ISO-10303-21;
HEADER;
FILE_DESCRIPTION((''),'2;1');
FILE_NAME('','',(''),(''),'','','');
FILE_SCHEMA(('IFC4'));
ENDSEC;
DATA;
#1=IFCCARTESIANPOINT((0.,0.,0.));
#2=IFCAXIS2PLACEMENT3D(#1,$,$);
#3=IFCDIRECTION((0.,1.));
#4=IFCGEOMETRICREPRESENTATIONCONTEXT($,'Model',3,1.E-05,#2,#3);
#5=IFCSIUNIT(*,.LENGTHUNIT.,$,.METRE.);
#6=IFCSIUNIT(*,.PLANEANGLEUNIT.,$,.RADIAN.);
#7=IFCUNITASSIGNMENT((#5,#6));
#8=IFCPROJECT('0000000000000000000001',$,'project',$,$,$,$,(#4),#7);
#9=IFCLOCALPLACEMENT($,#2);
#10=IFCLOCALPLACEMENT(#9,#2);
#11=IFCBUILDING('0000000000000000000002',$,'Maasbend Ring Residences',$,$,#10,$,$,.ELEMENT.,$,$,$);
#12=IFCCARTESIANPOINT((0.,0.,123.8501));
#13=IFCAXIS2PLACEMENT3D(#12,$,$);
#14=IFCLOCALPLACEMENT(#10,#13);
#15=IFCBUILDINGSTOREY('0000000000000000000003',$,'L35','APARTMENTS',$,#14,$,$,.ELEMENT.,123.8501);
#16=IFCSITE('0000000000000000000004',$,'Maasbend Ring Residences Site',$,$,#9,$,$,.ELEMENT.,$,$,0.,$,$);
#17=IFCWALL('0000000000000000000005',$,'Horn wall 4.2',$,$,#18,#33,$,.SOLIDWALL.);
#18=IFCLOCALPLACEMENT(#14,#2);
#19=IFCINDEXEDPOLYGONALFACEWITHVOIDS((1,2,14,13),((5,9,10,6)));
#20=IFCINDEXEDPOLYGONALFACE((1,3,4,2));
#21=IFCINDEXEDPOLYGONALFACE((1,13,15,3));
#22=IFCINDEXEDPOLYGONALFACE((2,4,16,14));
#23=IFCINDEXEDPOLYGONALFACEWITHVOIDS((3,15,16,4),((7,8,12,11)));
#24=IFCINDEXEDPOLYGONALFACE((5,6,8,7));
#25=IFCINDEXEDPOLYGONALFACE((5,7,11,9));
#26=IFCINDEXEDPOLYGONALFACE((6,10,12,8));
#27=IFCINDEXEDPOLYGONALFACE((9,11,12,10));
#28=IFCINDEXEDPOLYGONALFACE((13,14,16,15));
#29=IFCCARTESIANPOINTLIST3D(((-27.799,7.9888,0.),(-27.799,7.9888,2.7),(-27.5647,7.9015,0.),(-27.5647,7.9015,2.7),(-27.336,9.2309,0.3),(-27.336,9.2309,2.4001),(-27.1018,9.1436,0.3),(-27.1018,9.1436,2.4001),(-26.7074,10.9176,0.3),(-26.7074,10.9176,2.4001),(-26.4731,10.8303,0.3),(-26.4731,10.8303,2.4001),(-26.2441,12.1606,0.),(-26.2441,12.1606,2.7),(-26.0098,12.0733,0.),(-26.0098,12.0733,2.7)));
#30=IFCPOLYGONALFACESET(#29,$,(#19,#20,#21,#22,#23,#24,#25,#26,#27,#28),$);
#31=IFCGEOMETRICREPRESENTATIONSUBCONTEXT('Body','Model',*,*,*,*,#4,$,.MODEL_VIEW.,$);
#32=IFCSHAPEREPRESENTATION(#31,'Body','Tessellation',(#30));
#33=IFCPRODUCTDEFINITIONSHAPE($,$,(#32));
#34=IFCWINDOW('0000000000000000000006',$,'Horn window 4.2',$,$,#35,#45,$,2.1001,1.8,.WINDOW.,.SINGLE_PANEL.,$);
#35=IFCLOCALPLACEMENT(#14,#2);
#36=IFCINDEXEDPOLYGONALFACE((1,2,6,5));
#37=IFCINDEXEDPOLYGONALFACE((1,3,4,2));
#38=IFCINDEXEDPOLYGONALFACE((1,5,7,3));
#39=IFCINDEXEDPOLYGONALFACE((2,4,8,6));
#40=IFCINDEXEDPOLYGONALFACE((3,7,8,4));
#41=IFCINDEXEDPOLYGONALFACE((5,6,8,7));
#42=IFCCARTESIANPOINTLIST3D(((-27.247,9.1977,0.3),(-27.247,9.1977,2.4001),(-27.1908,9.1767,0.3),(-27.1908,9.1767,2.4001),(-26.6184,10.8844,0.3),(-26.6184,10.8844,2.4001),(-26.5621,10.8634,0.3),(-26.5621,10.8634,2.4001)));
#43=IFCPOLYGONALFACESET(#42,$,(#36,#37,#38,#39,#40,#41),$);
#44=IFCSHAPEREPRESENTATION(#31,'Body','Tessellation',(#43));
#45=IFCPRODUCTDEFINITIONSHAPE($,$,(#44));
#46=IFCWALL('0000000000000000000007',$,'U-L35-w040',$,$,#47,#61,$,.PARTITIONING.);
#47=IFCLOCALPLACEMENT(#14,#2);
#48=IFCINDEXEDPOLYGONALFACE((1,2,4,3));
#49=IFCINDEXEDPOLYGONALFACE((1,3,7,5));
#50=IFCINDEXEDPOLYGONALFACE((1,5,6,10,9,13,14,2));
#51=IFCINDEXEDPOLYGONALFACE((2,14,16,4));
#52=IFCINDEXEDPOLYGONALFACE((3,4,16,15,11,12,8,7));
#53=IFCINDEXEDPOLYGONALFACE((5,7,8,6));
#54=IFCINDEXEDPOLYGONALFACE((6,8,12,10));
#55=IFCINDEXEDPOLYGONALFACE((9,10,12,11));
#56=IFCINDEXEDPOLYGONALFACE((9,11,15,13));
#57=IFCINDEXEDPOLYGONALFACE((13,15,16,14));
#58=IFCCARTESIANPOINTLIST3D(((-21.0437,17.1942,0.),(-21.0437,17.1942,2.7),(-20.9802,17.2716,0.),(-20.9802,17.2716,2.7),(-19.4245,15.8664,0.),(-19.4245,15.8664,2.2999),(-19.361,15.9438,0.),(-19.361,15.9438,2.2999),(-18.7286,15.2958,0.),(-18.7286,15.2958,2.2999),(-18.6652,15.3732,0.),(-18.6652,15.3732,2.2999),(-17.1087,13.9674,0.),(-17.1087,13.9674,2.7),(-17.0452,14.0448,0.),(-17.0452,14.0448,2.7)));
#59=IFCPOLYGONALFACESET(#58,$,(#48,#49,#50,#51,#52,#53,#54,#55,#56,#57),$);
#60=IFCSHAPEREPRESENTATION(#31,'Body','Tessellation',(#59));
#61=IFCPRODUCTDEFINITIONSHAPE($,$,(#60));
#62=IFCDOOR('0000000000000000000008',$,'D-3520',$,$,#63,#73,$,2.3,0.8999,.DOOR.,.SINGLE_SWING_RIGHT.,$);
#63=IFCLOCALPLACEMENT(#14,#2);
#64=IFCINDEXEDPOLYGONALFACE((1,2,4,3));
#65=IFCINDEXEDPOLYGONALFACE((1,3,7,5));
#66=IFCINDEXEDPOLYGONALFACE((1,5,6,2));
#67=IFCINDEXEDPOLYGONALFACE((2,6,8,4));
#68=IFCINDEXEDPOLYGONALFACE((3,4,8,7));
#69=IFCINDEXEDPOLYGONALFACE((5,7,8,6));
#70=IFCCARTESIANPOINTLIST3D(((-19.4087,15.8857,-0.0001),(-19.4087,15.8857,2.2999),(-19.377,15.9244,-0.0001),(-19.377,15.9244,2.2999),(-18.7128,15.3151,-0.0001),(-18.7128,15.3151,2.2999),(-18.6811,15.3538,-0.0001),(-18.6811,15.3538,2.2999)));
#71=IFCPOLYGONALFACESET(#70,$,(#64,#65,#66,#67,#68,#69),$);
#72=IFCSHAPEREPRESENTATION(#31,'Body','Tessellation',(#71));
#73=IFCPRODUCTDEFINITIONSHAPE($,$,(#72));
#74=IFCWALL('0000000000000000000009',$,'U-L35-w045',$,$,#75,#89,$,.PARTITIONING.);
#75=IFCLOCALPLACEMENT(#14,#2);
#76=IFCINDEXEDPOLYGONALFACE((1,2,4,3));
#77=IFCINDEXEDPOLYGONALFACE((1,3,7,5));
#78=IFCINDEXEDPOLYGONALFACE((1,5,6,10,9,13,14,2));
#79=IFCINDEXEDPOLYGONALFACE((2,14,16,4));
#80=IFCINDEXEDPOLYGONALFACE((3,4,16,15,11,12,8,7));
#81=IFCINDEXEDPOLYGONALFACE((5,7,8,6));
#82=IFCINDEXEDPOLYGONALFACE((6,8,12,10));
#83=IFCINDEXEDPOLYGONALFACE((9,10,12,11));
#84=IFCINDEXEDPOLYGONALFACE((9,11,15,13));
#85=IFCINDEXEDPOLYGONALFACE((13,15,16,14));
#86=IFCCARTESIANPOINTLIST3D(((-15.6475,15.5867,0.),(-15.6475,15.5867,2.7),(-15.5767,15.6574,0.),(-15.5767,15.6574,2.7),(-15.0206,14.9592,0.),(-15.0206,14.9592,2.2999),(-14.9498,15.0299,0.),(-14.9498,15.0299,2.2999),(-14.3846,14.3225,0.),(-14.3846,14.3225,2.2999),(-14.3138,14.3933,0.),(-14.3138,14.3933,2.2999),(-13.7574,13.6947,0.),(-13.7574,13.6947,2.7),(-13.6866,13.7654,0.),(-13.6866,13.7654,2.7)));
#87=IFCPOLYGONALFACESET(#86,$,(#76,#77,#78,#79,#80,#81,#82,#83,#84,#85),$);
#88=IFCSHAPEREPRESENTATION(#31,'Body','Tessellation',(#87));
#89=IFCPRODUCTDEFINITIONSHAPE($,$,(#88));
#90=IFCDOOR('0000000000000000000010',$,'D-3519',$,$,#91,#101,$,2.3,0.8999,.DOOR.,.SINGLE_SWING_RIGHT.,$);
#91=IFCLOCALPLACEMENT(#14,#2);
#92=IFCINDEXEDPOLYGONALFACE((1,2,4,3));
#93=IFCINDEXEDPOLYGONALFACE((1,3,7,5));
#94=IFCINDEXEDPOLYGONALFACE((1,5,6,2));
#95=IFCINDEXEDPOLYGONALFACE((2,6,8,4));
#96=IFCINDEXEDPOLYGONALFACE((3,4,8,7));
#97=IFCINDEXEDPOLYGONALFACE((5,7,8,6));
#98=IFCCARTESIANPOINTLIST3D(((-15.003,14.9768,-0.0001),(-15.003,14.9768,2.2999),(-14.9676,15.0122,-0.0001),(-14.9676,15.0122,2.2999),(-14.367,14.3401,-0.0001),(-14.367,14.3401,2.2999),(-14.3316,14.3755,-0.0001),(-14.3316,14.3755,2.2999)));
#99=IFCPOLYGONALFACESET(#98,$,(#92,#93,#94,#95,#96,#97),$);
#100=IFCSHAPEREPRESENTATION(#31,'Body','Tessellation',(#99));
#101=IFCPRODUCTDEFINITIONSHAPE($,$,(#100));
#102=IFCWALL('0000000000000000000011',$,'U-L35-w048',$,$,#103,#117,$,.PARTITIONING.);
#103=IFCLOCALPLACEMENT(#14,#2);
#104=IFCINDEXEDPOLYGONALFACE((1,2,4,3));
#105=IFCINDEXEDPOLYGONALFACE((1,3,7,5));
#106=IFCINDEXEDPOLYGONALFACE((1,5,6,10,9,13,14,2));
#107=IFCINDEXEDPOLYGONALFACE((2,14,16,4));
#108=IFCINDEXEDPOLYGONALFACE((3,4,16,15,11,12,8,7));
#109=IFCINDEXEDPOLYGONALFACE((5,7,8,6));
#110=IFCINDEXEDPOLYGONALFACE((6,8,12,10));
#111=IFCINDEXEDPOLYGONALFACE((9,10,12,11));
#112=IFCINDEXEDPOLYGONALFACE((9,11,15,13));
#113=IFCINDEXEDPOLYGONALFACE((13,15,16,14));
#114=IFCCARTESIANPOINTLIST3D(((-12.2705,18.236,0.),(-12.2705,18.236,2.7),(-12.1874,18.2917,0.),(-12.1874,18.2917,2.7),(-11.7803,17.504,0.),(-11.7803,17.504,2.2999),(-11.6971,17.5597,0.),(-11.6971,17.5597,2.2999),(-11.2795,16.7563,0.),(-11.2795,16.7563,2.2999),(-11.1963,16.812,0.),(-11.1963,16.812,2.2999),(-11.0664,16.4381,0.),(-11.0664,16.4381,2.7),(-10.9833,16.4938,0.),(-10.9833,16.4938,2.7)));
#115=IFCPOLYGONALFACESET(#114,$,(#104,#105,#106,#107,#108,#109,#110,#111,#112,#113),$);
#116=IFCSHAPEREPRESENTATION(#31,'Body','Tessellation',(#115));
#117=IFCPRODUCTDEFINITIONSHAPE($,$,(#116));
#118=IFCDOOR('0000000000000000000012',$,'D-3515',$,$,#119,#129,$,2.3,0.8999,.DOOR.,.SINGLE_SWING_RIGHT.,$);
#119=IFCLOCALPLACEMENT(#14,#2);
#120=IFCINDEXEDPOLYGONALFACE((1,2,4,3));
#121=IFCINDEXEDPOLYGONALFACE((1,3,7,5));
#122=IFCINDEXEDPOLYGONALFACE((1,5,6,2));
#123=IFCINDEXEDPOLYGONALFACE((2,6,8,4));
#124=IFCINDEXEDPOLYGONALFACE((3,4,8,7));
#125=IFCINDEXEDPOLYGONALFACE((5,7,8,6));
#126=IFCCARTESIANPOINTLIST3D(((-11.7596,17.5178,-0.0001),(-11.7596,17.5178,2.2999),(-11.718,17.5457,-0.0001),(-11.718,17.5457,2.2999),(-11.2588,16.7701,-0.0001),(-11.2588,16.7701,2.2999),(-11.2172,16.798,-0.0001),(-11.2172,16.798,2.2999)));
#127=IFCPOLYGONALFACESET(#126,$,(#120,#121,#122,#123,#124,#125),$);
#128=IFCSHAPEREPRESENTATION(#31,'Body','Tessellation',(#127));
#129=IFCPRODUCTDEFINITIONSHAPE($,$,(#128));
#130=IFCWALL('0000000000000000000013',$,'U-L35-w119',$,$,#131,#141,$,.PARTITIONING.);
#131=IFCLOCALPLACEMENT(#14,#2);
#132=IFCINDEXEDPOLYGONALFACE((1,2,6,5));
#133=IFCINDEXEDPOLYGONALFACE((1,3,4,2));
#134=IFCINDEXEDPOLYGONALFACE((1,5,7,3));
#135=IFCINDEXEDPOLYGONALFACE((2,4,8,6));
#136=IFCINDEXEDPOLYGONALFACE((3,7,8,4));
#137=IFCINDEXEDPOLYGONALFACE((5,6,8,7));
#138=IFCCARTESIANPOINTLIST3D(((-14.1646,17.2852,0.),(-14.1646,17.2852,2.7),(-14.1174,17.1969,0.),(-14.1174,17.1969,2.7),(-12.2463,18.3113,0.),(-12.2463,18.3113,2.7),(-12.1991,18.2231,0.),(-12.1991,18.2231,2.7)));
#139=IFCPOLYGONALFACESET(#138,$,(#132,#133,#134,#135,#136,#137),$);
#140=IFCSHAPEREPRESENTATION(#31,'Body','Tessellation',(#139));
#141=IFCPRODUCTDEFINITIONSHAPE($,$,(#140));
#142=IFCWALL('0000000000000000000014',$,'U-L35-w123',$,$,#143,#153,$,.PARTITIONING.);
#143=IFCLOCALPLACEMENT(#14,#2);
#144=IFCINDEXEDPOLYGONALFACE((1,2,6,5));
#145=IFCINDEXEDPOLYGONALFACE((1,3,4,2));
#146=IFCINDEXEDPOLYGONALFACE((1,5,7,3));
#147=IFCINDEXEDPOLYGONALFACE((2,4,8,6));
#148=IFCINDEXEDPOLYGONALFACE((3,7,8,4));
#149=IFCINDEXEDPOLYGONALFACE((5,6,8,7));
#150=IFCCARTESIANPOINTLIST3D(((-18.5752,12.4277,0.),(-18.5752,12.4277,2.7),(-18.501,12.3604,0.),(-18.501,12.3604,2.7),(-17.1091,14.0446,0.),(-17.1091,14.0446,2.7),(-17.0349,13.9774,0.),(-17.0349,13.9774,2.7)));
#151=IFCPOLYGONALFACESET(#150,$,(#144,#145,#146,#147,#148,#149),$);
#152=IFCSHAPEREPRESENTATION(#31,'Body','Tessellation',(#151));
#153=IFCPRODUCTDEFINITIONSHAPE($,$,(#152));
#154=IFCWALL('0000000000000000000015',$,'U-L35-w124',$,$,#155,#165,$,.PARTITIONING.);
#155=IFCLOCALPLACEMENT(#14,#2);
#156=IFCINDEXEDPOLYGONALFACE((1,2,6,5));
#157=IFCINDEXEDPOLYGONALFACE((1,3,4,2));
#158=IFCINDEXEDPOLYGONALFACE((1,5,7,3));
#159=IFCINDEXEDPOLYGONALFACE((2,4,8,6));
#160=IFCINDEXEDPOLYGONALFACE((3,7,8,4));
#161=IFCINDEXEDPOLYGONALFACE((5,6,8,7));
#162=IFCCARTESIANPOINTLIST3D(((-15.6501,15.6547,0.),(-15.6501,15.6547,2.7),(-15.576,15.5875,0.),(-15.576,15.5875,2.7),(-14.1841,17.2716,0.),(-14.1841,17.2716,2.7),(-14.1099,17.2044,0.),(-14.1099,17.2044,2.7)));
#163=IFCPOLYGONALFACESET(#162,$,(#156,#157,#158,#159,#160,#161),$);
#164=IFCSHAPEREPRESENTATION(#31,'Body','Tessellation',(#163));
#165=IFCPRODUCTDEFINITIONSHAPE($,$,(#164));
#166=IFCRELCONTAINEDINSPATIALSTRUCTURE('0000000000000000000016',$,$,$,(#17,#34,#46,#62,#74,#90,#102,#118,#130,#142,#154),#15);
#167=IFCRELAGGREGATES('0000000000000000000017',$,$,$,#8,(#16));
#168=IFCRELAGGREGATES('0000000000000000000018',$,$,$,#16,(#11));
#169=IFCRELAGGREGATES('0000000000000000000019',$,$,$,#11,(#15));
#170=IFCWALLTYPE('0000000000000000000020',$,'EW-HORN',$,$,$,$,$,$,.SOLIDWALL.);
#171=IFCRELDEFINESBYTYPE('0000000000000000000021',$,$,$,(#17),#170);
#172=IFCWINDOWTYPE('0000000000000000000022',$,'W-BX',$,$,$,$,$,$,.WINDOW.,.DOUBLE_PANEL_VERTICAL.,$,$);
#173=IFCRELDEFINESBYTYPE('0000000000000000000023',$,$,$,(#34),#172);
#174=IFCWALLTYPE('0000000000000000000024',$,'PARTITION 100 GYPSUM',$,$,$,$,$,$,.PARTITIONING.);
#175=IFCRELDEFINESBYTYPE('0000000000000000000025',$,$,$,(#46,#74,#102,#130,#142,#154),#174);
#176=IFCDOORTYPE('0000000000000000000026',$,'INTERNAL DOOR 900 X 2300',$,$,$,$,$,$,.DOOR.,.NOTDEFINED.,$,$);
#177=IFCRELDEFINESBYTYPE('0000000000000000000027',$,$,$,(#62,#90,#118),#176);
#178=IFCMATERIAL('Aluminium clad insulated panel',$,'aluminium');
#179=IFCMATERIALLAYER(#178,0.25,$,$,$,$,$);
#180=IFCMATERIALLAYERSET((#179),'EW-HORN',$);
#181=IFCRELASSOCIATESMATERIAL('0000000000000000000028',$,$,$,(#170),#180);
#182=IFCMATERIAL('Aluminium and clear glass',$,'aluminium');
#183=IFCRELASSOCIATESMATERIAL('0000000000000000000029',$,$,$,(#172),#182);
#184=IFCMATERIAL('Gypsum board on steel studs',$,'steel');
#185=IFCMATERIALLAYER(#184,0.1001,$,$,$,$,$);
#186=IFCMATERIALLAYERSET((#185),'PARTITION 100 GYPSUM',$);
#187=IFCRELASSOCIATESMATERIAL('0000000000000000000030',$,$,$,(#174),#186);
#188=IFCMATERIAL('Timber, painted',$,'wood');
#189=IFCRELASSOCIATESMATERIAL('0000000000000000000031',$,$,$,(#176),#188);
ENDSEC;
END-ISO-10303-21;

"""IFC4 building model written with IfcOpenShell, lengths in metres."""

from ifc_helpers import new_model, si_unit, direction, frame, frame_2d, origin, place, context, subcontext, project, spatial, rectangle, extrude, material, layer, layer_set, type_object, element, fill, save


model = new_model("IFC4")

# Units and contexts
model_context = context("Model", 3, precision=1e-05, world=origin(), true_north=direction((0.0, 1.0)))
body_context = subcontext(model_context, "Body", "Model", "MODEL_VIEW")
ifc_project = project(units=[si_unit("LENGTHUNIT", "METRE"), si_unit("PLANEANGLEUNIT", "RADIAN")], contexts=[model_context])

# Site, building, storey
site_placement = place(None, origin())
site = spatial("IfcSite", under=ifc_project, at=site_placement, Name="Maasbend Ring Residences Site", CompositionType="ELEMENT", RefElevation=0.0)
building_placement = place(site_placement, origin())
building = spatial("IfcBuilding", under=site, at=building_placement, Name="Maasbend Ring Residences", CompositionType="ELEMENT")
storey_placement = place(building_placement, frame((0.0, 0.0, 123.8501)))
storey = spatial("IfcBuildingStorey", under=building, at=storey_placement, Name="L35", Description="APARTMENTS", CompositionType="ELEMENT", Elevation=123.8501)

# Wall, opening, window
ifc_material_1 = material(Name="Aluminium clad insulated panel", Category="aluminium")
ifc_layer_1 = layer(ifc_material_1, 0.25)
ifc_layer_set_1 = layer_set([ifc_layer_1], Name="EW-HORN")
wall_type_1 = type_object("IfcWallType", Name="EW-HORN", PredefinedType="SOLIDWALL", material=ifc_layer_set_1)
ifc_material_2 = material(Name="Aluminium and clear glass", Category="aluminium")
window_type = type_object("IfcWindowType", Name="W-BX", PartitioningType="DOUBLE_PANEL_VERTICAL", PredefinedType="WINDOW", material=ifc_material_2)
wall_1_placement = place(storey_placement, frame((-26.127, 12.1169, 0.0), z_axis=(0.0, 0.0, 1.0), x_axis=(-0.349248, -0.93703, 0.0)))
wall_1 = element("IfcWall", 1, at=wall_1_placement, inside=storey, type_object=wall_type_1, Name="Horn wall 4.2", PredefinedType="SOLIDWALL", context=body_context, shape_type="SweptSolid", body=[
    extrude(rectangle(XDim=4.4521, YDim=0.25, at=frame_2d((2.2261, 0.0))), origin(), (0.0, 0.0, 1.0), 2.7),
])
opening_1_placement = place(wall_1_placement, frame((1.3267, 0.0, 0.3)))
opening_1 = element("IfcOpeningElement", 2, at=opening_1_placement, cuts=wall_1, PredefinedType="OPENING", context=body_context, shape_type="SweptSolid", body=[
    extrude(rectangle(XDim=1.8, YDim=2.1001, at=frame_2d((0.8999, 1.05))), frame((0.0, 0.135, 0.0), z_axis=(0.0, -1.0, 0.0), x_axis=(1.0, 0.0, 0.0)), (0.0, 0.0, 1.0), 0.27),
])
window_1_placement = place(opening_1_placement, origin())
window_1 = element("IfcWindow", 3, at=window_1_placement, inside=storey, type_object=window_type, Name="Horn window 4.2", OverallHeight=2.1001, OverallWidth=1.8, PartitioningType="SINGLE_PANEL", PredefinedType="WINDOW", context=body_context, shape_type="SweptSolid", body=[
    extrude(rectangle(XDim=1.8, YDim=2.1001, at=frame_2d((0.8999, 1.05))), frame((0.0, 0.03, 0.0), z_axis=(0.0, -1.0, 0.0), x_axis=(1.0, 0.0, 0.0)), (0.0, 0.0, 1.0), 0.0601),
])
fill(opening_1, window_1)

# Walls, openings, doors
ifc_material_3 = material(Name="Gypsum board on steel studs", Category="steel")
ifc_layer_2 = layer(ifc_material_3, 0.1001)
ifc_layer_set_2 = layer_set([ifc_layer_2], Name="PARTITION 100 GYPSUM")
wall_type_2 = type_object("IfcWallType", Name="PARTITION 100 GYPSUM", PredefinedType="PARTITIONING", material=ifc_layer_set_2)
wall_2_placement = place(storey_placement, frame((-21.012, 17.2329, 0.0), z_axis=(0.0, 0.0, 1.0), x_axis=(0.773262, -0.634086, 0.0)))
wall_2 = element("IfcWall", 4, at=wall_2_placement, inside=storey, type_object=wall_type_2, Name="U-L35-w040", PredefinedType="PARTITIONING", context=body_context, shape_type="SweptSolid", body=[
    extrude(rectangle(XDim=5.0889, YDim=0.1001, at=frame_2d((2.5444, 0.0))), origin(), (0.0, 0.0, 1.0), 2.7),
])
opening_2_placement = place(wall_2_placement, frame((2.094, 0.0, 0.0)))
opening_2 = element("IfcOpeningElement", 5, at=opening_2_placement, cuts=wall_2, PredefinedType="OPENING", context=body_context, shape_type="SweptSolid", body=[
    extrude(rectangle(XDim=0.8999, YDim=2.3, at=frame_2d((0.45, 1.1499))), frame((0.0, 0.0601, 0.0), z_axis=(0.0, -1.0, 0.0), x_axis=(1.0, 0.0, 0.0)), (0.0, 0.0, 1.0), 0.1201),
])
ifc_material_4 = material(Name="Timber, painted", Category="wood")
door_type_1 = type_object("IfcDoorType", Name="INTERNAL DOOR 900 X 2300", OperationType="NOTDEFINED", PredefinedType="DOOR", material=ifc_material_4)
door_1_placement = place(opening_2_placement, origin())
door_1 = element("IfcDoor", 6, at=door_1_placement, inside=storey, type_object=door_type_1, Name="D-3520", OperationType="SINGLE_SWING_RIGHT", OverallHeight=2.3, OverallWidth=0.8999, PredefinedType="DOOR", context=body_context, shape_type="SweptSolid", body=[
    extrude(rectangle(XDim=0.8999, YDim=2.3, at=frame_2d((0.45, 1.1499))), frame((0.0, 0.0249, 0.0), z_axis=(0.0, -1.0, 0.0), x_axis=(1.0, 0.0, 0.0)), (0.0, 0.0, 1.0), 0.05),
])
fill(opening_2, door_1)
wall_3_placement = place(storey_placement, frame((-15.6121, 15.6221, 0.0), z_axis=(0.0, 0.0, 1.0), x_axis=(0.706742, -0.707472, 0.0)))
wall_3 = element("IfcWall", 7, at=wall_3_placement, inside=storey, type_object=wall_type_2, Name="U-L35-w045", PredefinedType="PARTITIONING", context=body_context, shape_type="SweptSolid", body=[
    extrude(rectangle(XDim=2.6743, YDim=0.1001, at=frame_2d((1.3372, 0.0))), origin(), (0.0, 0.0, 1.0), 2.7),
])
opening_3_placement = place(wall_3_placement, frame((0.887, 0.0, 0.0)))
opening_3 = element("IfcOpeningElement", 8, at=opening_3_placement, cuts=wall_3, PredefinedType="OPENING", context=body_context, shape_type="SweptSolid", body=[
    extrude(rectangle(XDim=0.8999, YDim=2.3, at=frame_2d((0.45, 1.1499))), frame((0.0, 0.0601, 0.0), z_axis=(0.0, -1.0, 0.0), x_axis=(1.0, 0.0, 0.0)), (0.0, 0.0, 1.0), 0.1201),
])
door_2_placement = place(opening_3_placement, origin())
door_2 = element("IfcDoor", 9, at=door_2_placement, inside=storey, type_object=door_type_1, Name="D-3519", OperationType="SINGLE_SWING_RIGHT", OverallHeight=2.3, OverallWidth=0.8999, PredefinedType="DOOR", context=body_context, shape_type="SweptSolid", body=[
    extrude(rectangle(XDim=0.8999, YDim=2.3, at=frame_2d((0.45, 1.1499))), frame((0.0, 0.0249, 0.0), z_axis=(0.0, -1.0, 0.0), x_axis=(1.0, 0.0, 0.0)), (0.0, 0.0, 1.0), 0.05),
])
fill(opening_3, door_2)
wall_4_placement = place(storey_placement, frame((-12.229, 18.2639, 0.0), z_axis=(0.0, 0.0, 1.0), x_axis=(0.556469, -0.830868, 0.0)))
wall_4 = element("IfcWall", 10, at=wall_4_placement, inside=storey, type_object=wall_type_2, Name="U-L35-w048", PredefinedType="PARTITIONING", context=body_context, shape_type="SweptSolid", body=[
    extrude(rectangle(XDim=2.1638, YDim=0.1001, at=frame_2d((1.082, 0.0))), origin(), (0.0, 0.0, 1.0), 2.7),
])
opening_4_placement = place(wall_4_placement, frame((0.8811, 0.0, 0.0)))
opening_4 = element("IfcOpeningElement", 11, at=opening_4_placement, cuts=wall_4, PredefinedType="OPENING", context=body_context, shape_type="SweptSolid", body=[
    extrude(rectangle(XDim=0.8999, YDim=2.3, at=frame_2d((0.45, 1.1499))), frame((0.0, 0.0601, 0.0), z_axis=(0.0, -1.0, 0.0), x_axis=(1.0, 0.0, 0.0)), (0.0, 0.0, 1.0), 0.1201),
])
door_3_placement = place(opening_4_placement, origin())
door_3 = element("IfcDoor", 12, at=door_3_placement, inside=storey, type_object=door_type_1, Name="D-3515", OperationType="SINGLE_SWING_RIGHT", OverallHeight=2.3, OverallWidth=0.8999, PredefinedType="DOOR", context=body_context, shape_type="SweptSolid", body=[
    extrude(rectangle(XDim=0.8999, YDim=2.3, at=frame_2d((0.45, 1.1499))), frame((0.0, 0.0249, 0.0), z_axis=(0.0, -1.0, 0.0), x_axis=(1.0, 0.0, 0.0)), (0.0, 0.0, 1.0), 0.05),
])
fill(opening_4, door_3)

# Walls
wall_5_placement = place(storey_placement, frame((-14.1411, 17.241, 0.0), z_axis=(0.0, 0.0, 1.0), x_axis=(0.881765, 0.471689, 0.0)))
element("IfcWall", 13, at=wall_5_placement, inside=storey, type_object=wall_type_2, Name="U-L35-w119", PredefinedType="PARTITIONING", context=body_context, shape_type="SweptSolid", body=[
    extrude(rectangle(XDim=2.1755, YDim=0.1001, at=frame_2d((1.0879, 0.0))), origin(), (0.0, 0.0, 1.0), 2.7),
])
for number, where, z_axis, x_axis, name in (
    (14, (-18.5381, 12.394, 0.0), (0.0, 0.0, 1.0), (0.671698, 0.740825, 0.0), "U-L35-w123"),
    (15, (-15.613, 15.6211, 0.0), (0.0, 0.0, 1.0), (0.671698, 0.740825, 0.0), "U-L35-w124"),
):
    element("IfcWall", number, at=place(storey_placement, frame(where, z_axis=z_axis, x_axis=x_axis)), inside=storey, type_object=wall_type_2, Name=name, PredefinedType="PARTITIONING", context=body_context, shape_type="SweptSolid", body=[
        extrude(rectangle(XDim=2.1826, YDim=0.1001, at=frame_2d((1.0913, 0.0))), origin(), (0.0, 0.0, 1.0), 2.7),
    ])

save(model, "model.ifc")
